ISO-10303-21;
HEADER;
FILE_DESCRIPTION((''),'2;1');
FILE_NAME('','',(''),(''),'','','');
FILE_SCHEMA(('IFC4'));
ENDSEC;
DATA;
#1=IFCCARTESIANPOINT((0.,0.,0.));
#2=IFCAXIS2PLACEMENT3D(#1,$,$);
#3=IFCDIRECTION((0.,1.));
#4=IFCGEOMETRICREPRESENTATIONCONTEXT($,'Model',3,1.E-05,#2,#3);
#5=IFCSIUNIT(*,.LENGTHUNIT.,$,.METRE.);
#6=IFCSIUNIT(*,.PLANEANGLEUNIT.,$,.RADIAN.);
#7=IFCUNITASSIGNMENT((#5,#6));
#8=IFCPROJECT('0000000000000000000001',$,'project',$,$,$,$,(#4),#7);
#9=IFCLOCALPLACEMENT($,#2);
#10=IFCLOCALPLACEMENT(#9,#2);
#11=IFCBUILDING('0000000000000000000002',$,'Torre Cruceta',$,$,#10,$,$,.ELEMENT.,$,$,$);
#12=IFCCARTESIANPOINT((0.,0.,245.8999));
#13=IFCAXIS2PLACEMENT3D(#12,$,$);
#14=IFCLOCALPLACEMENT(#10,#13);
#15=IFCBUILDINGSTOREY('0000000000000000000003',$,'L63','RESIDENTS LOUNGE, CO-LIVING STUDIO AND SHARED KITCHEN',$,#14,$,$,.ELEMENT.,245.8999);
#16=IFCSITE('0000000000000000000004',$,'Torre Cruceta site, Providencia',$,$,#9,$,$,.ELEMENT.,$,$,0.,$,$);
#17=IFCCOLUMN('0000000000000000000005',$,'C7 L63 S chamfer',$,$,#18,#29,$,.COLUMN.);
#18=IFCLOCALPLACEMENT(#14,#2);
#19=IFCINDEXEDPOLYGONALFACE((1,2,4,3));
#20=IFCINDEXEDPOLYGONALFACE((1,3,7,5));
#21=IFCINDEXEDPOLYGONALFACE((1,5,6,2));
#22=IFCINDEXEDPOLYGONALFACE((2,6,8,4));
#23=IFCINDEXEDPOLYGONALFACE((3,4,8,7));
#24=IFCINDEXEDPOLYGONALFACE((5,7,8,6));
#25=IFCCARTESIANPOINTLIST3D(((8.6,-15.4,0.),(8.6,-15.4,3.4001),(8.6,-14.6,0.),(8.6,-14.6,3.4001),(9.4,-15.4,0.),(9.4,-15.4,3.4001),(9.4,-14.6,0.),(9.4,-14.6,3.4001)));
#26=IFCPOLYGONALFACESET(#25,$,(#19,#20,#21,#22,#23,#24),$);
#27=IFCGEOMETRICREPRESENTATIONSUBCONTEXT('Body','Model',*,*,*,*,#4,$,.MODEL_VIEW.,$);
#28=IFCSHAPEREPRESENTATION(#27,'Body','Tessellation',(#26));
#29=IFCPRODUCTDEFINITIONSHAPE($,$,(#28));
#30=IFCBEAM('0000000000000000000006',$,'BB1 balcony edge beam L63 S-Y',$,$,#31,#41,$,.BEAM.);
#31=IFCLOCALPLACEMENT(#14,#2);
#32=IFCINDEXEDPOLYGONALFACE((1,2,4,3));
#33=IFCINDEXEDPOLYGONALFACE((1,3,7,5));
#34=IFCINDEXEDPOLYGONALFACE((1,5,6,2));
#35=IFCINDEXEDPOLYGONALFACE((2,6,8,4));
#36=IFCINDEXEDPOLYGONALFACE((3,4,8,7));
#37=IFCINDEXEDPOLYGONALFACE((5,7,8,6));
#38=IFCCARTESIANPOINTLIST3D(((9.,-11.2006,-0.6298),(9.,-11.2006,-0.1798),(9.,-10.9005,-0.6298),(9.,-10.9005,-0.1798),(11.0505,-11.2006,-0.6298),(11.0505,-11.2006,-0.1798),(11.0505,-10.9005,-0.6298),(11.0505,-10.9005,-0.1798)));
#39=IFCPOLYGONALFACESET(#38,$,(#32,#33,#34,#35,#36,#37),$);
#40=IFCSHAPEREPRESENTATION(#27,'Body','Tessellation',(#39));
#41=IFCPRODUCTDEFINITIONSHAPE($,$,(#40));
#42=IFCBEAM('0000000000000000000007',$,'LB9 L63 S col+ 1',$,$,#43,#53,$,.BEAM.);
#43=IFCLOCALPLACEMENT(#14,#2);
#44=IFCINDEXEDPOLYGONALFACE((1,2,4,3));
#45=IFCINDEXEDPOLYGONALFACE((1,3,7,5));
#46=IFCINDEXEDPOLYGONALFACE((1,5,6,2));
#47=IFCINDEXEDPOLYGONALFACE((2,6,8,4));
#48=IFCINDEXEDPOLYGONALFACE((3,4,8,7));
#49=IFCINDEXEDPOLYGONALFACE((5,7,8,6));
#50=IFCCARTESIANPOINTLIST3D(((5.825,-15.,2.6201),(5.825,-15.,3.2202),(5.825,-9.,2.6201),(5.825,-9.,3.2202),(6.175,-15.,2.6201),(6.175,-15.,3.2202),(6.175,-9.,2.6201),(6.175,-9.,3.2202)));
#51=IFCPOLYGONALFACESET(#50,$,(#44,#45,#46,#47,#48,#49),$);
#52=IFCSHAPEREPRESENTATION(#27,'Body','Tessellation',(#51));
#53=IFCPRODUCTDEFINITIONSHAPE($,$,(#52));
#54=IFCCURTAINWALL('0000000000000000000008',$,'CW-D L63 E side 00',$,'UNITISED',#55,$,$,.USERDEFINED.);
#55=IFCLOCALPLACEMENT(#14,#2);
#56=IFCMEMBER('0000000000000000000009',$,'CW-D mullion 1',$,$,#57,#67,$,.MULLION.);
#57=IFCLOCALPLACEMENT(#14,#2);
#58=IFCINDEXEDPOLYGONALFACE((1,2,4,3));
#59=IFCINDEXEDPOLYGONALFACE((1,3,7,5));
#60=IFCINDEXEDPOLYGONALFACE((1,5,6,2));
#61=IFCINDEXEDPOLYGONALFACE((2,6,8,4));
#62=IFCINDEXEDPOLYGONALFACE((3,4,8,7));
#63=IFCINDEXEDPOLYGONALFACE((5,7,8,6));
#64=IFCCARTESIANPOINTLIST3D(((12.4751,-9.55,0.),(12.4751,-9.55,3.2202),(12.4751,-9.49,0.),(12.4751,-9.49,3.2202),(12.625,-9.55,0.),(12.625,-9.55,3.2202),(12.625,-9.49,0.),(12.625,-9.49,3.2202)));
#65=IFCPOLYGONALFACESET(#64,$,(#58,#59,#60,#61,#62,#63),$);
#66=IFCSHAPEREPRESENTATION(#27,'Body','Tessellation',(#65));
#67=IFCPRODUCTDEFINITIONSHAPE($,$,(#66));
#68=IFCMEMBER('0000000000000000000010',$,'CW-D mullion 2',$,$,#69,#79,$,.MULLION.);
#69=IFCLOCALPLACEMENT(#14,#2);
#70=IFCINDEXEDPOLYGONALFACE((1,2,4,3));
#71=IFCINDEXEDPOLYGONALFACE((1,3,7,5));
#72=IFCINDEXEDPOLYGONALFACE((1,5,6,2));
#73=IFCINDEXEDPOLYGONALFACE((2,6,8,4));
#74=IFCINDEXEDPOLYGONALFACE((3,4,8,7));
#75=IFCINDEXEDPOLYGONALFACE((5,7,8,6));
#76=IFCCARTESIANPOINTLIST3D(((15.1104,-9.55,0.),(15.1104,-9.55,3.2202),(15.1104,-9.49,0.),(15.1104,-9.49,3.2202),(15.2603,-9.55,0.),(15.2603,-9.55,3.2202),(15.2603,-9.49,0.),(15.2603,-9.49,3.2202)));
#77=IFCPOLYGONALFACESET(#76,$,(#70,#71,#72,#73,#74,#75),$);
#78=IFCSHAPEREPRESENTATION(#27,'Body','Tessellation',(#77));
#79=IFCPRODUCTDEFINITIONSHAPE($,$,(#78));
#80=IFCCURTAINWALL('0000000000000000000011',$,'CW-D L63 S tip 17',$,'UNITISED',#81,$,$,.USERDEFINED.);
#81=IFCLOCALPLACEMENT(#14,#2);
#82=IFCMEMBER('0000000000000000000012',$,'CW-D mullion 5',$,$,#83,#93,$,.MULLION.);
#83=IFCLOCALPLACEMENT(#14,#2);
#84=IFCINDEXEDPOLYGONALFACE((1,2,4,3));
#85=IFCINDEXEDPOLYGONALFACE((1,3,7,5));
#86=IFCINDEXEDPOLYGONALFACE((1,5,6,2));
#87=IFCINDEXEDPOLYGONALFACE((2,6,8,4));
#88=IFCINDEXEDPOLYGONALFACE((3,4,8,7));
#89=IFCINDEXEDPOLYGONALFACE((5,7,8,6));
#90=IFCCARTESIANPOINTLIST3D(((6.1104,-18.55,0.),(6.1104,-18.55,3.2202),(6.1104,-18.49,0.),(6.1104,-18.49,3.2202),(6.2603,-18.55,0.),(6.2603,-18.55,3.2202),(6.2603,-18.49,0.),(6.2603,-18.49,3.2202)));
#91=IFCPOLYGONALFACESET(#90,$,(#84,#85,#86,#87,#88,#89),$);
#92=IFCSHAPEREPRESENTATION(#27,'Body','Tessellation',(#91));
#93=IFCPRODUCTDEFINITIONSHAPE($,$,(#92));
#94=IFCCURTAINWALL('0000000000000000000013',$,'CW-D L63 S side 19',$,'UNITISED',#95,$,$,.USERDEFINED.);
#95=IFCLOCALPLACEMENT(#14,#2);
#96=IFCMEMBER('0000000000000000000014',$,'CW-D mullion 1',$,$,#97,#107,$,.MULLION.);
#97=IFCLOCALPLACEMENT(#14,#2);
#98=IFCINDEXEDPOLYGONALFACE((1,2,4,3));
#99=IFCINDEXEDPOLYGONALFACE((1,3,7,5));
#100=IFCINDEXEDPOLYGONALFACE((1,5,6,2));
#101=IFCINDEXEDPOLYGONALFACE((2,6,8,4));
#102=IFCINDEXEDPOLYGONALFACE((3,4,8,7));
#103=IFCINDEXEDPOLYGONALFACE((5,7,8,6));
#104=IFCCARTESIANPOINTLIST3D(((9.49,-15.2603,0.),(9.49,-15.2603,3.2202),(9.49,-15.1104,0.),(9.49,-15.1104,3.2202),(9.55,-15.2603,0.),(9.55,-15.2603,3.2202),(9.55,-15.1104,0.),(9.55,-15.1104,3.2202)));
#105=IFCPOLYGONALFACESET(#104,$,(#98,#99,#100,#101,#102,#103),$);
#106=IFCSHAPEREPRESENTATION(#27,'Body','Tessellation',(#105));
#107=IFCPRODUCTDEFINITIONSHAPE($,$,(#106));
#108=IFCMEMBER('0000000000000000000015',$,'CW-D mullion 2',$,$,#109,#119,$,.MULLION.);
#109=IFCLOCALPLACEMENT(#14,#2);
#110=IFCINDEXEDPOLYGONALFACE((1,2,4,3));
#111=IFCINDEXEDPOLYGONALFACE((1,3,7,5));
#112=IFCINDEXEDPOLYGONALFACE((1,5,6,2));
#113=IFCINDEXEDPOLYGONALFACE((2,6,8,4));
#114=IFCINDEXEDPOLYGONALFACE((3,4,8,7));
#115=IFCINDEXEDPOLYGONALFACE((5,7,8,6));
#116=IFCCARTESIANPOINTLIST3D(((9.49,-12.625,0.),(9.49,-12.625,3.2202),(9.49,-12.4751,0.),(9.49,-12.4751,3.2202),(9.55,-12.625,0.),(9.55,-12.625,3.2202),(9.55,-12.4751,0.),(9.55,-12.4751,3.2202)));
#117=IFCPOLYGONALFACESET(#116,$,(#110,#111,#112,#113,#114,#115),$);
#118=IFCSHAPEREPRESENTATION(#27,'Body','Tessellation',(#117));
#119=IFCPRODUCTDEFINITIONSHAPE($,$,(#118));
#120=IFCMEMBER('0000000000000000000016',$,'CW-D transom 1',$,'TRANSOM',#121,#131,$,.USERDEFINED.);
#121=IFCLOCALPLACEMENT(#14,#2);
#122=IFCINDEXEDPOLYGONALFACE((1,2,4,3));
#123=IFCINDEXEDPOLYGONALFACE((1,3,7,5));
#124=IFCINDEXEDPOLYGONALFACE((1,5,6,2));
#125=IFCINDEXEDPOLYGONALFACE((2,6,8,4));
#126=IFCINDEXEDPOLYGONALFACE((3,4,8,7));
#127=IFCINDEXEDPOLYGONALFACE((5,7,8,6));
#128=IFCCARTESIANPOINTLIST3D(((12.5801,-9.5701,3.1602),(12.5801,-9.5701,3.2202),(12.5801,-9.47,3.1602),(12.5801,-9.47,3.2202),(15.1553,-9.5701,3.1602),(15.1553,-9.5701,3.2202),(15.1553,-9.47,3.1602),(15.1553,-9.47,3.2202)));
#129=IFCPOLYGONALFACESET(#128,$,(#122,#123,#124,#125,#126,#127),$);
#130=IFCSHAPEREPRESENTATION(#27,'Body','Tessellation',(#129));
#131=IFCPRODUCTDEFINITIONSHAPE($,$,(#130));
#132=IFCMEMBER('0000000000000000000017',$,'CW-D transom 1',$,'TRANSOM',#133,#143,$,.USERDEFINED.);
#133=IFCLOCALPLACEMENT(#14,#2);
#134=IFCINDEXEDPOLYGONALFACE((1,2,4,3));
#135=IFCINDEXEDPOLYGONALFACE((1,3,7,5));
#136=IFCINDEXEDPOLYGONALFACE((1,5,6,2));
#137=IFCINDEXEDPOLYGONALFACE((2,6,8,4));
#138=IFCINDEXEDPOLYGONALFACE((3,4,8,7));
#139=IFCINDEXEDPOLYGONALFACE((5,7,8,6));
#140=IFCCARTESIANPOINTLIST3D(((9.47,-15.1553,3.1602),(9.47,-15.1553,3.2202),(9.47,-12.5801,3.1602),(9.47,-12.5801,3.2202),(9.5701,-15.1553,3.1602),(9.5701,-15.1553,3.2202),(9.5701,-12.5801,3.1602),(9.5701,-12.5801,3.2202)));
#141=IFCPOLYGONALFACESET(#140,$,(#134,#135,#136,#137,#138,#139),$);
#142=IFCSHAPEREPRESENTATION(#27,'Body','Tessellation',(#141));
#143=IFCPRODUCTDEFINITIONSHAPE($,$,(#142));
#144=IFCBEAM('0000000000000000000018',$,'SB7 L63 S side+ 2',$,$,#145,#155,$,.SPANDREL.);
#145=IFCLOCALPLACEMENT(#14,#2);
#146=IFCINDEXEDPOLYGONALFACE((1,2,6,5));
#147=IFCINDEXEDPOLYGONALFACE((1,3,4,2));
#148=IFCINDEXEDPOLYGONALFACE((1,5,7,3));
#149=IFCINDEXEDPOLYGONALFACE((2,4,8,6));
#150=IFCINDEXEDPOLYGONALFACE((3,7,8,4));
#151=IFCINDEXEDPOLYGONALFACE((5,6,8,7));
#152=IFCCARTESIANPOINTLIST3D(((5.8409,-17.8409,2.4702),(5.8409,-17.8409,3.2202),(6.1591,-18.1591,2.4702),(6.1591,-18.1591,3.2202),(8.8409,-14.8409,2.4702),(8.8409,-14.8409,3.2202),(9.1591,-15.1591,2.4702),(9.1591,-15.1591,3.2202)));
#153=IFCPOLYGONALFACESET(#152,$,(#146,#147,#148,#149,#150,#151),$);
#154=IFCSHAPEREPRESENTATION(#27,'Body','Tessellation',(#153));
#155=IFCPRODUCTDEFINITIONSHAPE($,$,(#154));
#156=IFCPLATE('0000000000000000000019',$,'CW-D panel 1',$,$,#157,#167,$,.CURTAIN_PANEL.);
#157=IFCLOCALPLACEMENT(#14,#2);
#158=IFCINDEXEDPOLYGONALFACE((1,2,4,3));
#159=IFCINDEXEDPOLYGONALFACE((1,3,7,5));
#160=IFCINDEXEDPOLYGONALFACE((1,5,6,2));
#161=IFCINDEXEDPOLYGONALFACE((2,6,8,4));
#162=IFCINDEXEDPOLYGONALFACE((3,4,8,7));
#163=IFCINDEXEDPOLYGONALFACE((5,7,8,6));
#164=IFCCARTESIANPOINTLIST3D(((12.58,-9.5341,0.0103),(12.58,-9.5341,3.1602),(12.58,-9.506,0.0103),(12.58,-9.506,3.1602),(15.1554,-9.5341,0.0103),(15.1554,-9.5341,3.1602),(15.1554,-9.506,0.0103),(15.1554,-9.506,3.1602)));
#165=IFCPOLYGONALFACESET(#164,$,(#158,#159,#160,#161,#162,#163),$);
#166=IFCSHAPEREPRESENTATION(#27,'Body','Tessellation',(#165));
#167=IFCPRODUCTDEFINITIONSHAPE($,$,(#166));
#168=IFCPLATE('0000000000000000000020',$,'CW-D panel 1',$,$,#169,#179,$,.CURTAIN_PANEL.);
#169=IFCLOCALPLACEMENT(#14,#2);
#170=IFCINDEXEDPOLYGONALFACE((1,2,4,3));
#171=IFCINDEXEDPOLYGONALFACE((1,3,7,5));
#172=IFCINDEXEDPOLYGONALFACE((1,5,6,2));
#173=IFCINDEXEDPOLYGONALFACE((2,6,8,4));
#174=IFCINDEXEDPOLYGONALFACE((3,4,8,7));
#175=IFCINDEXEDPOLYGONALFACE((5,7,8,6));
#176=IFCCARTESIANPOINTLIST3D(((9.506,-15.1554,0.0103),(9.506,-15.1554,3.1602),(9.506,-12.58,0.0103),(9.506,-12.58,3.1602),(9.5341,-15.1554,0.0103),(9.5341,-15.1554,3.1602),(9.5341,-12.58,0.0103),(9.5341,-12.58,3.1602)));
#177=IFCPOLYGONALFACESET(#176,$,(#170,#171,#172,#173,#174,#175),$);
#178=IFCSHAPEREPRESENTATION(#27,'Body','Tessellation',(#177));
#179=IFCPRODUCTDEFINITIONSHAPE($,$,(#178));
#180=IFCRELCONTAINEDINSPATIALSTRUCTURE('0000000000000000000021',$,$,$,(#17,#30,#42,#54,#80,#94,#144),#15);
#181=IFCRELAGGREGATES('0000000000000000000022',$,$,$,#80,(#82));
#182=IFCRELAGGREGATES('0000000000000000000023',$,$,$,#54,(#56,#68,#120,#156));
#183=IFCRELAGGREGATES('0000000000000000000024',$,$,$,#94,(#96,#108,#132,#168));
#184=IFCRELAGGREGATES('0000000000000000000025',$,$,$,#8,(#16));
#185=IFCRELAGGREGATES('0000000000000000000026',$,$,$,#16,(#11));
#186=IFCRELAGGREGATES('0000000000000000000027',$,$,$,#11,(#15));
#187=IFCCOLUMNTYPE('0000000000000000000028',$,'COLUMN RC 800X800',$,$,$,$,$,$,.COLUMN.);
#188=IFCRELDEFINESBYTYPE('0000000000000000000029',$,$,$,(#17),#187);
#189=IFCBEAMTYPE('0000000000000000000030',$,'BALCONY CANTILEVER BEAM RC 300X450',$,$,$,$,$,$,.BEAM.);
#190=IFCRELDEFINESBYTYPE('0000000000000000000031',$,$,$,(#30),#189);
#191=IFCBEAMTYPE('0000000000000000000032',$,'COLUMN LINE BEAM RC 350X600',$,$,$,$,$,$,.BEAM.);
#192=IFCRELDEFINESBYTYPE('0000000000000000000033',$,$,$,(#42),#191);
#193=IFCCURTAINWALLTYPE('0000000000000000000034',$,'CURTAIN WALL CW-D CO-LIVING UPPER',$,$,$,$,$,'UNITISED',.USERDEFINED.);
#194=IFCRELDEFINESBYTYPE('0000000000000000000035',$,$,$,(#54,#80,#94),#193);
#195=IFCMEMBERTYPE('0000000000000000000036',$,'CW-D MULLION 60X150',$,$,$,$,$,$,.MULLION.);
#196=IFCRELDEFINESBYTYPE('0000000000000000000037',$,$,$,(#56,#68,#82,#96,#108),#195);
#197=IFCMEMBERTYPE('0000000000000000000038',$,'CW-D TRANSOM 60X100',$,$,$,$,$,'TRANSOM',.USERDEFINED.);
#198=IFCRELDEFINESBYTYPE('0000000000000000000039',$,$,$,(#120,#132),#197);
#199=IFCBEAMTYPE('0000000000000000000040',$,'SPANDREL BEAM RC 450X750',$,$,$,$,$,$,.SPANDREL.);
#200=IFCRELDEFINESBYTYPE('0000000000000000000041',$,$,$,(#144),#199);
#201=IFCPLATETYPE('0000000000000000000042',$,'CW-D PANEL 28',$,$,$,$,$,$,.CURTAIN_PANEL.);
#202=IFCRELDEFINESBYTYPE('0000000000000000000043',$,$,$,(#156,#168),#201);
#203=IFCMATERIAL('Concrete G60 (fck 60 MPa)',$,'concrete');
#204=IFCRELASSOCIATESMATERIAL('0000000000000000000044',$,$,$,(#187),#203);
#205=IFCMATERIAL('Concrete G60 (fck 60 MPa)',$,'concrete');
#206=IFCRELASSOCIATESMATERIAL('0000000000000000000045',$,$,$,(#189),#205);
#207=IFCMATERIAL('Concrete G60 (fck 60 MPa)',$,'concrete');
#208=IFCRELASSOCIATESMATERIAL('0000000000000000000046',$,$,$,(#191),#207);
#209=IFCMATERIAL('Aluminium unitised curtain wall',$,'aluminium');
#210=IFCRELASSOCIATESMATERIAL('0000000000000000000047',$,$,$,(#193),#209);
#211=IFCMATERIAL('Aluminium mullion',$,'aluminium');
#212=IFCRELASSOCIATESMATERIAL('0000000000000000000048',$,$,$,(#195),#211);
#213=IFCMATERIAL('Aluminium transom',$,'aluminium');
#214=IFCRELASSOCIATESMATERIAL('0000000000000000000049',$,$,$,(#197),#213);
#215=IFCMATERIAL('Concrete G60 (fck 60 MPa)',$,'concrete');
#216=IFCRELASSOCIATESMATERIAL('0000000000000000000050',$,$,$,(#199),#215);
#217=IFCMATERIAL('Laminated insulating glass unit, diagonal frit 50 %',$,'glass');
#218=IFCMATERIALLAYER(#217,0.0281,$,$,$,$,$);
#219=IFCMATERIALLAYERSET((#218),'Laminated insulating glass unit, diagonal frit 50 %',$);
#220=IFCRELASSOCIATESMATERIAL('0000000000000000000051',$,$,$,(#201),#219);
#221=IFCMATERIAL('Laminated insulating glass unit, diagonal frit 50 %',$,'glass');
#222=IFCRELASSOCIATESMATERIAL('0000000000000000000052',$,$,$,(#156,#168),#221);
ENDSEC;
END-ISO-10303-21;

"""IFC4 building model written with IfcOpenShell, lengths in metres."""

from ifc_helpers import new_model, si_unit, direction, frame, origin, origin_2d, place, context, subcontext, project, spatial, rectangle, extrude, material, layer, layer_set, material_profile, profile_set, type_object, element, aggregate, save


model = new_model("IFC4")

# Units and contexts
model_context = context("Model", 3, precision=1e-05, world=origin(), true_north=direction((0.0, 1.0)))
body_context = subcontext(model_context, "Body", "Model", "MODEL_VIEW")
ifc_project = project(units=[si_unit("LENGTHUNIT", "METRE"), si_unit("PLANEANGLEUNIT", "RADIAN")], contexts=[model_context])

# Site, building, storey
site_placement = place(None, origin())
site = spatial("IfcSite", under=ifc_project, at=site_placement, Name="Torre Cruceta site, Providencia", CompositionType="ELEMENT", RefElevation=0.0)
building_placement = place(site_placement, origin())
building = spatial("IfcBuilding", under=site, at=building_placement, Name="Torre Cruceta", CompositionType="ELEMENT")
storey_placement = place(building_placement, frame((0.0, 0.0, 245.8999)))
storey = spatial("IfcBuildingStorey", under=building, at=storey_placement, Name="L63", Description="RESIDENTS LOUNGE, CO-LIVING STUDIO AND SHARED KITCHEN", CompositionType="ELEMENT", Elevation=245.8999)

# Column
ifc_material_1 = material(Name="Concrete G60 (fck 60 MPa)", Category="concrete")
ifc_material_profile_1 = material_profile(ifc_material_1, rectangle(XDim=0.8, YDim=0.8, at=origin_2d()), Name="RC 800X800")
ifc_profile_set_1 = profile_set([ifc_material_profile_1], Name="Concrete G60 (fck 60 MPa)")
column_type = type_object("IfcColumnType", Name="COLUMN RC 800X800", PredefinedType="COLUMN", material=ifc_profile_set_1)
column_placement = place(storey_placement, frame((9.0, -15.0, 0.0), z_axis=(0.0, 0.0, 1.0), x_axis=(1.0, 0.0, 0.0)))
element("IfcColumn", 1, at=column_placement, inside=storey, type_object=column_type, Name="C7 L63 S chamfer", PredefinedType="COLUMN", context=body_context, shape_type="SweptSolid", body=[
    extrude(rectangle(XDim=0.8, YDim=0.8, at=origin_2d()), origin(), (0.0, 0.0, 1.0), 3.4001),
])

# Beams
ifc_material_2 = material(Name="Concrete G60 (fck 60 MPa)", Category="concrete")
ifc_material_profile_2 = material_profile(ifc_material_2, rectangle(XDim=0.3, YDim=0.45, at=origin_2d()), Name="RC 300X450")
ifc_profile_set_2 = profile_set([ifc_material_profile_2], Name="Concrete G60 (fck 60 MPa)")
beam_type_1 = type_object("IfcBeamType", Name="BALCONY CANTILEVER BEAM RC 300X450", PredefinedType="BEAM", material=ifc_profile_set_2)
beam_1_placement = place(storey_placement, frame((9.0, -11.0505, -0.4048), z_axis=(1.0, 0.0, 0.0), x_axis=(0.0, 1.0, 0.0)))
element("IfcBeam", 2, at=beam_1_placement, inside=storey, type_object=beam_type_1, Name="BB1 balcony edge beam L63 S-Y", PredefinedType="BEAM", context=body_context, shape_type="SweptSolid", body=[
    extrude(rectangle(XDim=0.3, YDim=0.45, at=origin_2d()), origin(), (0.0, 0.0, 1.0), 2.0505),
])
ifc_material_3 = material(Name="Concrete G60 (fck 60 MPa)", Category="concrete")
ifc_material_profile_3 = material_profile(ifc_material_3, rectangle(XDim=0.3501, YDim=0.6001, at=origin_2d()), Name="RC 350X600")
ifc_profile_set_3 = profile_set([ifc_material_profile_3], Name="Concrete G60 (fck 60 MPa)")
beam_type_2 = type_object("IfcBeamType", Name="COLUMN LINE BEAM RC 350X600", PredefinedType="BEAM", material=ifc_profile_set_3)
beam_2_placement = place(storey_placement, frame((6.0, -9.0, 2.9202), z_axis=(0.0, -1.0, 0.0), x_axis=(1.0, 0.0, 0.0)))
element("IfcBeam", 3, at=beam_2_placement, inside=storey, type_object=beam_type_2, Name="LB9 L63 S col+ 1", PredefinedType="BEAM", context=body_context, shape_type="SweptSolid", body=[
    extrude(rectangle(XDim=0.3501, YDim=0.6001, at=origin_2d()), origin(), (0.0, 0.0, 1.0), 6.0),
])

# Curtain wall, members
ifc_material_4 = material(Name="Aluminium unitised curtain wall", Category="aluminium")
curtain_wall_type = type_object("IfcCurtainWallType", Name="CURTAIN WALL CW-D CO-LIVING UPPER", ElementType="UNITISED", PredefinedType="USERDEFINED", material=ifc_material_4)
curtain_wall_1_placement = place(storey_placement, origin())
curtain_wall_1 = element("IfcCurtainWall", 4, at=curtain_wall_1_placement, inside=storey, type_object=curtain_wall_type, Name="CW-D L63 E side 00", ObjectType="UNITISED", PredefinedType="USERDEFINED")
ifc_material_5 = material(Name="Aluminium mullion", Category="aluminium")
ifc_material_profile_4 = material_profile(ifc_material_5, rectangle(XDim=0.0601, YDim=0.1499, at=origin_2d()), Name="AL 60X150")
ifc_profile_set_4 = profile_set([ifc_material_profile_4], Name="Aluminium mullion")
member_type_1 = type_object("IfcMemberType", Name="CW-D MULLION 60X150", PredefinedType="MULLION", material=ifc_profile_set_4)
member_1_placement = place(storey_placement, frame((12.55, -9.52, 0.0), z_axis=(0.0, 0.0, 1.0), x_axis=(0.0, 1.0, 0.0)))
member_1 = element("IfcMember", 5, at=member_1_placement, type_object=member_type_1, Name="CW-D mullion 1", PredefinedType="MULLION", context=body_context, shape_type="SweptSolid", body=[
    extrude(rectangle(XDim=0.0601, YDim=0.1499, at=origin_2d()), origin(), (0.0, 0.0, 1.0), 3.2202),
])
member_2_placement = place(storey_placement, frame((15.1853, -9.52, 0.0), z_axis=(0.0, 0.0, 1.0), x_axis=(0.0, 1.0, 0.0)))
member_2 = element("IfcMember", 6, at=member_2_placement, type_object=member_type_1, Name="CW-D mullion 2", PredefinedType="MULLION", context=body_context, shape_type="SweptSolid", body=[
    extrude(rectangle(XDim=0.0601, YDim=0.1499, at=origin_2d()), origin(), (0.0, 0.0, 1.0), 3.2202),
])

# Curtain wall, member
curtain_wall_2_placement = place(storey_placement, origin())
curtain_wall_2 = element("IfcCurtainWall", 7, at=curtain_wall_2_placement, inside=storey, type_object=curtain_wall_type, Name="CW-D L63 S tip 17", ObjectType="UNITISED", PredefinedType="USERDEFINED")
member_3_placement = place(storey_placement, frame((6.1853, -18.52, 0.0), z_axis=(0.0, 0.0, 1.0), x_axis=(0.0, 1.0, 0.0)))
member_3 = element("IfcMember", 8, at=member_3_placement, type_object=member_type_1, Name="CW-D mullion 5", PredefinedType="MULLION", context=body_context, shape_type="SweptSolid", body=[
    extrude(rectangle(XDim=0.0601, YDim=0.1499, at=origin_2d()), origin(), (0.0, 0.0, 1.0), 3.2202),
])
aggregate(curtain_wall_2, [member_3])

# Curtain wall, members
curtain_wall_3_placement = place(storey_placement, origin())
curtain_wall_3 = element("IfcCurtainWall", 9, at=curtain_wall_3_placement, inside=storey, type_object=curtain_wall_type, Name="CW-D L63 S side 19", ObjectType="UNITISED", PredefinedType="USERDEFINED")
member_4_placement = place(storey_placement, frame((9.52, -15.1853, 0.0), z_axis=(0.0, 0.0, 1.0), x_axis=(-1.0, 0.0, 0.0)))
member_4 = element("IfcMember", 10, at=member_4_placement, type_object=member_type_1, Name="CW-D mullion 1", PredefinedType="MULLION", context=body_context, shape_type="SweptSolid", body=[
    extrude(rectangle(XDim=0.0601, YDim=0.1499, at=origin_2d()), origin(), (0.0, 0.0, 1.0), 3.2202),
])
member_5_placement = place(storey_placement, frame((9.52, -12.55, 0.0), z_axis=(0.0, 0.0, 1.0), x_axis=(-1.0, 0.0, 0.0)))
member_5 = element("IfcMember", 11, at=member_5_placement, type_object=member_type_1, Name="CW-D mullion 2", PredefinedType="MULLION", context=body_context, shape_type="SweptSolid", body=[
    extrude(rectangle(XDim=0.0601, YDim=0.1499, at=origin_2d()), origin(), (0.0, 0.0, 1.0), 3.2202),
])

# Members
ifc_material_6 = material(Name="Aluminium transom", Category="aluminium")
ifc_material_profile_5 = material_profile(ifc_material_6, rectangle(XDim=0.1001, YDim=0.0601, at=origin_2d()), Name="AL 100X60")
ifc_profile_set_5 = profile_set([ifc_material_profile_5], Name="Aluminium transom")
member_type_2 = type_object("IfcMemberType", Name="CW-D TRANSOM 60X100", ElementType="TRANSOM", PredefinedType="USERDEFINED", material=ifc_profile_set_5)
member_6_placement = place(storey_placement, frame((12.5801, -9.52, 3.1902), z_axis=(1.0, 0.0, 0.0), x_axis=(0.0, 1.0, 0.0)))
member_6 = element("IfcMember", 12, at=member_6_placement, type_object=member_type_2, Name="CW-D transom 1", ObjectType="TRANSOM", PredefinedType="USERDEFINED", context=body_context, shape_type="SweptSolid", body=[
    extrude(rectangle(XDim=0.1001, YDim=0.0601, at=origin_2d()), origin(), (0.0, 0.0, 1.0), 2.5752),
])
member_7_placement = place(storey_placement, frame((9.52, -15.1553, 3.1902), z_axis=(0.0, 1.0, 0.0), x_axis=(-1.0, 0.0, 0.0)))
member_7 = element("IfcMember", 13, at=member_7_placement, type_object=member_type_2, Name="CW-D transom 1", ObjectType="TRANSOM", PredefinedType="USERDEFINED", context=body_context, shape_type="SweptSolid", body=[
    extrude(rectangle(XDim=0.1001, YDim=0.0601, at=origin_2d()), origin(), (0.0, 0.0, 1.0), 2.5752),
])

# Beam
ifc_material_7 = material(Name="Concrete G60 (fck 60 MPa)", Category="concrete")
ifc_material_profile_6 = material_profile(ifc_material_7, rectangle(XDim=0.45, YDim=0.75, at=origin_2d()), Name="RC 450X750")
ifc_profile_set_6 = profile_set([ifc_material_profile_6], Name="Concrete G60 (fck 60 MPa)")
beam_type_3 = type_object("IfcBeamType", Name="SPANDREL BEAM RC 450X750", PredefinedType="SPANDREL", material=ifc_profile_set_6)
beam_3_placement = place(storey_placement, frame((9.0, -15.0, 2.8452), z_axis=(-0.707107, -0.707107, 0.0), x_axis=(0.707107, -0.707107, 0.0)))
element("IfcBeam", 14, at=beam_3_placement, inside=storey, type_object=beam_type_3, Name="SB7 L63 S side+ 2", PredefinedType="SPANDREL", context=body_context, shape_type="SweptSolid", body=[
    extrude(rectangle(XDim=0.45, YDim=0.75, at=origin_2d()), origin(), (0.0, 0.0, 1.0), 4.2427),
])

# Plates
ifc_material_8 = material(Name="Laminated insulating glass unit, diagonal frit 50 %", Category="glass")
ifc_material_9 = material(Name="Laminated insulating glass unit, diagonal frit 50 %", Category="glass")
ifc_layer_1 = layer(ifc_material_9, 0.0281)
ifc_layer_set_1 = layer_set([ifc_layer_1], Name="Laminated insulating glass unit, diagonal frit 50 %")
plate_type = type_object("IfcPlateType", Name="CW-D PANEL 28", PredefinedType="CURTAIN_PANEL", material=ifc_layer_set_1)
plate_1_placement = place(storey_placement, frame((13.8677, -9.52, 0.0103), z_axis=(0.0, 0.0, 1.0), x_axis=(1.0, 0.0, 0.0)))
plate_1 = element("IfcPlate", 15, at=plate_1_placement, type_object=plate_type, material=ifc_material_8, Name="CW-D panel 1", PredefinedType="CURTAIN_PANEL", context=body_context, shape_type="SweptSolid", body=[
    extrude(rectangle(XDim=2.5754, YDim=0.0281, at=origin_2d()), origin(), (0.0, 0.0, 1.0), 3.1499),
])
aggregate(curtain_wall_1, [member_1, member_2, member_6, plate_1])
plate_2_placement = place(storey_placement, frame((9.52, -13.8677, 0.0103), z_axis=(0.0, 0.0, 1.0), x_axis=(0.0, 1.0, 0.0)))
plate_2 = element("IfcPlate", 16, at=plate_2_placement, type_object=plate_type, material=ifc_material_8, Name="CW-D panel 1", PredefinedType="CURTAIN_PANEL", context=body_context, shape_type="SweptSolid", body=[
    extrude(rectangle(XDim=2.5754, YDim=0.0281, at=origin_2d()), origin(), (0.0, 0.0, 1.0), 3.1499),
])
aggregate(curtain_wall_3, [member_4, member_5, member_7, plate_2])

save(model, "model.ifc")
